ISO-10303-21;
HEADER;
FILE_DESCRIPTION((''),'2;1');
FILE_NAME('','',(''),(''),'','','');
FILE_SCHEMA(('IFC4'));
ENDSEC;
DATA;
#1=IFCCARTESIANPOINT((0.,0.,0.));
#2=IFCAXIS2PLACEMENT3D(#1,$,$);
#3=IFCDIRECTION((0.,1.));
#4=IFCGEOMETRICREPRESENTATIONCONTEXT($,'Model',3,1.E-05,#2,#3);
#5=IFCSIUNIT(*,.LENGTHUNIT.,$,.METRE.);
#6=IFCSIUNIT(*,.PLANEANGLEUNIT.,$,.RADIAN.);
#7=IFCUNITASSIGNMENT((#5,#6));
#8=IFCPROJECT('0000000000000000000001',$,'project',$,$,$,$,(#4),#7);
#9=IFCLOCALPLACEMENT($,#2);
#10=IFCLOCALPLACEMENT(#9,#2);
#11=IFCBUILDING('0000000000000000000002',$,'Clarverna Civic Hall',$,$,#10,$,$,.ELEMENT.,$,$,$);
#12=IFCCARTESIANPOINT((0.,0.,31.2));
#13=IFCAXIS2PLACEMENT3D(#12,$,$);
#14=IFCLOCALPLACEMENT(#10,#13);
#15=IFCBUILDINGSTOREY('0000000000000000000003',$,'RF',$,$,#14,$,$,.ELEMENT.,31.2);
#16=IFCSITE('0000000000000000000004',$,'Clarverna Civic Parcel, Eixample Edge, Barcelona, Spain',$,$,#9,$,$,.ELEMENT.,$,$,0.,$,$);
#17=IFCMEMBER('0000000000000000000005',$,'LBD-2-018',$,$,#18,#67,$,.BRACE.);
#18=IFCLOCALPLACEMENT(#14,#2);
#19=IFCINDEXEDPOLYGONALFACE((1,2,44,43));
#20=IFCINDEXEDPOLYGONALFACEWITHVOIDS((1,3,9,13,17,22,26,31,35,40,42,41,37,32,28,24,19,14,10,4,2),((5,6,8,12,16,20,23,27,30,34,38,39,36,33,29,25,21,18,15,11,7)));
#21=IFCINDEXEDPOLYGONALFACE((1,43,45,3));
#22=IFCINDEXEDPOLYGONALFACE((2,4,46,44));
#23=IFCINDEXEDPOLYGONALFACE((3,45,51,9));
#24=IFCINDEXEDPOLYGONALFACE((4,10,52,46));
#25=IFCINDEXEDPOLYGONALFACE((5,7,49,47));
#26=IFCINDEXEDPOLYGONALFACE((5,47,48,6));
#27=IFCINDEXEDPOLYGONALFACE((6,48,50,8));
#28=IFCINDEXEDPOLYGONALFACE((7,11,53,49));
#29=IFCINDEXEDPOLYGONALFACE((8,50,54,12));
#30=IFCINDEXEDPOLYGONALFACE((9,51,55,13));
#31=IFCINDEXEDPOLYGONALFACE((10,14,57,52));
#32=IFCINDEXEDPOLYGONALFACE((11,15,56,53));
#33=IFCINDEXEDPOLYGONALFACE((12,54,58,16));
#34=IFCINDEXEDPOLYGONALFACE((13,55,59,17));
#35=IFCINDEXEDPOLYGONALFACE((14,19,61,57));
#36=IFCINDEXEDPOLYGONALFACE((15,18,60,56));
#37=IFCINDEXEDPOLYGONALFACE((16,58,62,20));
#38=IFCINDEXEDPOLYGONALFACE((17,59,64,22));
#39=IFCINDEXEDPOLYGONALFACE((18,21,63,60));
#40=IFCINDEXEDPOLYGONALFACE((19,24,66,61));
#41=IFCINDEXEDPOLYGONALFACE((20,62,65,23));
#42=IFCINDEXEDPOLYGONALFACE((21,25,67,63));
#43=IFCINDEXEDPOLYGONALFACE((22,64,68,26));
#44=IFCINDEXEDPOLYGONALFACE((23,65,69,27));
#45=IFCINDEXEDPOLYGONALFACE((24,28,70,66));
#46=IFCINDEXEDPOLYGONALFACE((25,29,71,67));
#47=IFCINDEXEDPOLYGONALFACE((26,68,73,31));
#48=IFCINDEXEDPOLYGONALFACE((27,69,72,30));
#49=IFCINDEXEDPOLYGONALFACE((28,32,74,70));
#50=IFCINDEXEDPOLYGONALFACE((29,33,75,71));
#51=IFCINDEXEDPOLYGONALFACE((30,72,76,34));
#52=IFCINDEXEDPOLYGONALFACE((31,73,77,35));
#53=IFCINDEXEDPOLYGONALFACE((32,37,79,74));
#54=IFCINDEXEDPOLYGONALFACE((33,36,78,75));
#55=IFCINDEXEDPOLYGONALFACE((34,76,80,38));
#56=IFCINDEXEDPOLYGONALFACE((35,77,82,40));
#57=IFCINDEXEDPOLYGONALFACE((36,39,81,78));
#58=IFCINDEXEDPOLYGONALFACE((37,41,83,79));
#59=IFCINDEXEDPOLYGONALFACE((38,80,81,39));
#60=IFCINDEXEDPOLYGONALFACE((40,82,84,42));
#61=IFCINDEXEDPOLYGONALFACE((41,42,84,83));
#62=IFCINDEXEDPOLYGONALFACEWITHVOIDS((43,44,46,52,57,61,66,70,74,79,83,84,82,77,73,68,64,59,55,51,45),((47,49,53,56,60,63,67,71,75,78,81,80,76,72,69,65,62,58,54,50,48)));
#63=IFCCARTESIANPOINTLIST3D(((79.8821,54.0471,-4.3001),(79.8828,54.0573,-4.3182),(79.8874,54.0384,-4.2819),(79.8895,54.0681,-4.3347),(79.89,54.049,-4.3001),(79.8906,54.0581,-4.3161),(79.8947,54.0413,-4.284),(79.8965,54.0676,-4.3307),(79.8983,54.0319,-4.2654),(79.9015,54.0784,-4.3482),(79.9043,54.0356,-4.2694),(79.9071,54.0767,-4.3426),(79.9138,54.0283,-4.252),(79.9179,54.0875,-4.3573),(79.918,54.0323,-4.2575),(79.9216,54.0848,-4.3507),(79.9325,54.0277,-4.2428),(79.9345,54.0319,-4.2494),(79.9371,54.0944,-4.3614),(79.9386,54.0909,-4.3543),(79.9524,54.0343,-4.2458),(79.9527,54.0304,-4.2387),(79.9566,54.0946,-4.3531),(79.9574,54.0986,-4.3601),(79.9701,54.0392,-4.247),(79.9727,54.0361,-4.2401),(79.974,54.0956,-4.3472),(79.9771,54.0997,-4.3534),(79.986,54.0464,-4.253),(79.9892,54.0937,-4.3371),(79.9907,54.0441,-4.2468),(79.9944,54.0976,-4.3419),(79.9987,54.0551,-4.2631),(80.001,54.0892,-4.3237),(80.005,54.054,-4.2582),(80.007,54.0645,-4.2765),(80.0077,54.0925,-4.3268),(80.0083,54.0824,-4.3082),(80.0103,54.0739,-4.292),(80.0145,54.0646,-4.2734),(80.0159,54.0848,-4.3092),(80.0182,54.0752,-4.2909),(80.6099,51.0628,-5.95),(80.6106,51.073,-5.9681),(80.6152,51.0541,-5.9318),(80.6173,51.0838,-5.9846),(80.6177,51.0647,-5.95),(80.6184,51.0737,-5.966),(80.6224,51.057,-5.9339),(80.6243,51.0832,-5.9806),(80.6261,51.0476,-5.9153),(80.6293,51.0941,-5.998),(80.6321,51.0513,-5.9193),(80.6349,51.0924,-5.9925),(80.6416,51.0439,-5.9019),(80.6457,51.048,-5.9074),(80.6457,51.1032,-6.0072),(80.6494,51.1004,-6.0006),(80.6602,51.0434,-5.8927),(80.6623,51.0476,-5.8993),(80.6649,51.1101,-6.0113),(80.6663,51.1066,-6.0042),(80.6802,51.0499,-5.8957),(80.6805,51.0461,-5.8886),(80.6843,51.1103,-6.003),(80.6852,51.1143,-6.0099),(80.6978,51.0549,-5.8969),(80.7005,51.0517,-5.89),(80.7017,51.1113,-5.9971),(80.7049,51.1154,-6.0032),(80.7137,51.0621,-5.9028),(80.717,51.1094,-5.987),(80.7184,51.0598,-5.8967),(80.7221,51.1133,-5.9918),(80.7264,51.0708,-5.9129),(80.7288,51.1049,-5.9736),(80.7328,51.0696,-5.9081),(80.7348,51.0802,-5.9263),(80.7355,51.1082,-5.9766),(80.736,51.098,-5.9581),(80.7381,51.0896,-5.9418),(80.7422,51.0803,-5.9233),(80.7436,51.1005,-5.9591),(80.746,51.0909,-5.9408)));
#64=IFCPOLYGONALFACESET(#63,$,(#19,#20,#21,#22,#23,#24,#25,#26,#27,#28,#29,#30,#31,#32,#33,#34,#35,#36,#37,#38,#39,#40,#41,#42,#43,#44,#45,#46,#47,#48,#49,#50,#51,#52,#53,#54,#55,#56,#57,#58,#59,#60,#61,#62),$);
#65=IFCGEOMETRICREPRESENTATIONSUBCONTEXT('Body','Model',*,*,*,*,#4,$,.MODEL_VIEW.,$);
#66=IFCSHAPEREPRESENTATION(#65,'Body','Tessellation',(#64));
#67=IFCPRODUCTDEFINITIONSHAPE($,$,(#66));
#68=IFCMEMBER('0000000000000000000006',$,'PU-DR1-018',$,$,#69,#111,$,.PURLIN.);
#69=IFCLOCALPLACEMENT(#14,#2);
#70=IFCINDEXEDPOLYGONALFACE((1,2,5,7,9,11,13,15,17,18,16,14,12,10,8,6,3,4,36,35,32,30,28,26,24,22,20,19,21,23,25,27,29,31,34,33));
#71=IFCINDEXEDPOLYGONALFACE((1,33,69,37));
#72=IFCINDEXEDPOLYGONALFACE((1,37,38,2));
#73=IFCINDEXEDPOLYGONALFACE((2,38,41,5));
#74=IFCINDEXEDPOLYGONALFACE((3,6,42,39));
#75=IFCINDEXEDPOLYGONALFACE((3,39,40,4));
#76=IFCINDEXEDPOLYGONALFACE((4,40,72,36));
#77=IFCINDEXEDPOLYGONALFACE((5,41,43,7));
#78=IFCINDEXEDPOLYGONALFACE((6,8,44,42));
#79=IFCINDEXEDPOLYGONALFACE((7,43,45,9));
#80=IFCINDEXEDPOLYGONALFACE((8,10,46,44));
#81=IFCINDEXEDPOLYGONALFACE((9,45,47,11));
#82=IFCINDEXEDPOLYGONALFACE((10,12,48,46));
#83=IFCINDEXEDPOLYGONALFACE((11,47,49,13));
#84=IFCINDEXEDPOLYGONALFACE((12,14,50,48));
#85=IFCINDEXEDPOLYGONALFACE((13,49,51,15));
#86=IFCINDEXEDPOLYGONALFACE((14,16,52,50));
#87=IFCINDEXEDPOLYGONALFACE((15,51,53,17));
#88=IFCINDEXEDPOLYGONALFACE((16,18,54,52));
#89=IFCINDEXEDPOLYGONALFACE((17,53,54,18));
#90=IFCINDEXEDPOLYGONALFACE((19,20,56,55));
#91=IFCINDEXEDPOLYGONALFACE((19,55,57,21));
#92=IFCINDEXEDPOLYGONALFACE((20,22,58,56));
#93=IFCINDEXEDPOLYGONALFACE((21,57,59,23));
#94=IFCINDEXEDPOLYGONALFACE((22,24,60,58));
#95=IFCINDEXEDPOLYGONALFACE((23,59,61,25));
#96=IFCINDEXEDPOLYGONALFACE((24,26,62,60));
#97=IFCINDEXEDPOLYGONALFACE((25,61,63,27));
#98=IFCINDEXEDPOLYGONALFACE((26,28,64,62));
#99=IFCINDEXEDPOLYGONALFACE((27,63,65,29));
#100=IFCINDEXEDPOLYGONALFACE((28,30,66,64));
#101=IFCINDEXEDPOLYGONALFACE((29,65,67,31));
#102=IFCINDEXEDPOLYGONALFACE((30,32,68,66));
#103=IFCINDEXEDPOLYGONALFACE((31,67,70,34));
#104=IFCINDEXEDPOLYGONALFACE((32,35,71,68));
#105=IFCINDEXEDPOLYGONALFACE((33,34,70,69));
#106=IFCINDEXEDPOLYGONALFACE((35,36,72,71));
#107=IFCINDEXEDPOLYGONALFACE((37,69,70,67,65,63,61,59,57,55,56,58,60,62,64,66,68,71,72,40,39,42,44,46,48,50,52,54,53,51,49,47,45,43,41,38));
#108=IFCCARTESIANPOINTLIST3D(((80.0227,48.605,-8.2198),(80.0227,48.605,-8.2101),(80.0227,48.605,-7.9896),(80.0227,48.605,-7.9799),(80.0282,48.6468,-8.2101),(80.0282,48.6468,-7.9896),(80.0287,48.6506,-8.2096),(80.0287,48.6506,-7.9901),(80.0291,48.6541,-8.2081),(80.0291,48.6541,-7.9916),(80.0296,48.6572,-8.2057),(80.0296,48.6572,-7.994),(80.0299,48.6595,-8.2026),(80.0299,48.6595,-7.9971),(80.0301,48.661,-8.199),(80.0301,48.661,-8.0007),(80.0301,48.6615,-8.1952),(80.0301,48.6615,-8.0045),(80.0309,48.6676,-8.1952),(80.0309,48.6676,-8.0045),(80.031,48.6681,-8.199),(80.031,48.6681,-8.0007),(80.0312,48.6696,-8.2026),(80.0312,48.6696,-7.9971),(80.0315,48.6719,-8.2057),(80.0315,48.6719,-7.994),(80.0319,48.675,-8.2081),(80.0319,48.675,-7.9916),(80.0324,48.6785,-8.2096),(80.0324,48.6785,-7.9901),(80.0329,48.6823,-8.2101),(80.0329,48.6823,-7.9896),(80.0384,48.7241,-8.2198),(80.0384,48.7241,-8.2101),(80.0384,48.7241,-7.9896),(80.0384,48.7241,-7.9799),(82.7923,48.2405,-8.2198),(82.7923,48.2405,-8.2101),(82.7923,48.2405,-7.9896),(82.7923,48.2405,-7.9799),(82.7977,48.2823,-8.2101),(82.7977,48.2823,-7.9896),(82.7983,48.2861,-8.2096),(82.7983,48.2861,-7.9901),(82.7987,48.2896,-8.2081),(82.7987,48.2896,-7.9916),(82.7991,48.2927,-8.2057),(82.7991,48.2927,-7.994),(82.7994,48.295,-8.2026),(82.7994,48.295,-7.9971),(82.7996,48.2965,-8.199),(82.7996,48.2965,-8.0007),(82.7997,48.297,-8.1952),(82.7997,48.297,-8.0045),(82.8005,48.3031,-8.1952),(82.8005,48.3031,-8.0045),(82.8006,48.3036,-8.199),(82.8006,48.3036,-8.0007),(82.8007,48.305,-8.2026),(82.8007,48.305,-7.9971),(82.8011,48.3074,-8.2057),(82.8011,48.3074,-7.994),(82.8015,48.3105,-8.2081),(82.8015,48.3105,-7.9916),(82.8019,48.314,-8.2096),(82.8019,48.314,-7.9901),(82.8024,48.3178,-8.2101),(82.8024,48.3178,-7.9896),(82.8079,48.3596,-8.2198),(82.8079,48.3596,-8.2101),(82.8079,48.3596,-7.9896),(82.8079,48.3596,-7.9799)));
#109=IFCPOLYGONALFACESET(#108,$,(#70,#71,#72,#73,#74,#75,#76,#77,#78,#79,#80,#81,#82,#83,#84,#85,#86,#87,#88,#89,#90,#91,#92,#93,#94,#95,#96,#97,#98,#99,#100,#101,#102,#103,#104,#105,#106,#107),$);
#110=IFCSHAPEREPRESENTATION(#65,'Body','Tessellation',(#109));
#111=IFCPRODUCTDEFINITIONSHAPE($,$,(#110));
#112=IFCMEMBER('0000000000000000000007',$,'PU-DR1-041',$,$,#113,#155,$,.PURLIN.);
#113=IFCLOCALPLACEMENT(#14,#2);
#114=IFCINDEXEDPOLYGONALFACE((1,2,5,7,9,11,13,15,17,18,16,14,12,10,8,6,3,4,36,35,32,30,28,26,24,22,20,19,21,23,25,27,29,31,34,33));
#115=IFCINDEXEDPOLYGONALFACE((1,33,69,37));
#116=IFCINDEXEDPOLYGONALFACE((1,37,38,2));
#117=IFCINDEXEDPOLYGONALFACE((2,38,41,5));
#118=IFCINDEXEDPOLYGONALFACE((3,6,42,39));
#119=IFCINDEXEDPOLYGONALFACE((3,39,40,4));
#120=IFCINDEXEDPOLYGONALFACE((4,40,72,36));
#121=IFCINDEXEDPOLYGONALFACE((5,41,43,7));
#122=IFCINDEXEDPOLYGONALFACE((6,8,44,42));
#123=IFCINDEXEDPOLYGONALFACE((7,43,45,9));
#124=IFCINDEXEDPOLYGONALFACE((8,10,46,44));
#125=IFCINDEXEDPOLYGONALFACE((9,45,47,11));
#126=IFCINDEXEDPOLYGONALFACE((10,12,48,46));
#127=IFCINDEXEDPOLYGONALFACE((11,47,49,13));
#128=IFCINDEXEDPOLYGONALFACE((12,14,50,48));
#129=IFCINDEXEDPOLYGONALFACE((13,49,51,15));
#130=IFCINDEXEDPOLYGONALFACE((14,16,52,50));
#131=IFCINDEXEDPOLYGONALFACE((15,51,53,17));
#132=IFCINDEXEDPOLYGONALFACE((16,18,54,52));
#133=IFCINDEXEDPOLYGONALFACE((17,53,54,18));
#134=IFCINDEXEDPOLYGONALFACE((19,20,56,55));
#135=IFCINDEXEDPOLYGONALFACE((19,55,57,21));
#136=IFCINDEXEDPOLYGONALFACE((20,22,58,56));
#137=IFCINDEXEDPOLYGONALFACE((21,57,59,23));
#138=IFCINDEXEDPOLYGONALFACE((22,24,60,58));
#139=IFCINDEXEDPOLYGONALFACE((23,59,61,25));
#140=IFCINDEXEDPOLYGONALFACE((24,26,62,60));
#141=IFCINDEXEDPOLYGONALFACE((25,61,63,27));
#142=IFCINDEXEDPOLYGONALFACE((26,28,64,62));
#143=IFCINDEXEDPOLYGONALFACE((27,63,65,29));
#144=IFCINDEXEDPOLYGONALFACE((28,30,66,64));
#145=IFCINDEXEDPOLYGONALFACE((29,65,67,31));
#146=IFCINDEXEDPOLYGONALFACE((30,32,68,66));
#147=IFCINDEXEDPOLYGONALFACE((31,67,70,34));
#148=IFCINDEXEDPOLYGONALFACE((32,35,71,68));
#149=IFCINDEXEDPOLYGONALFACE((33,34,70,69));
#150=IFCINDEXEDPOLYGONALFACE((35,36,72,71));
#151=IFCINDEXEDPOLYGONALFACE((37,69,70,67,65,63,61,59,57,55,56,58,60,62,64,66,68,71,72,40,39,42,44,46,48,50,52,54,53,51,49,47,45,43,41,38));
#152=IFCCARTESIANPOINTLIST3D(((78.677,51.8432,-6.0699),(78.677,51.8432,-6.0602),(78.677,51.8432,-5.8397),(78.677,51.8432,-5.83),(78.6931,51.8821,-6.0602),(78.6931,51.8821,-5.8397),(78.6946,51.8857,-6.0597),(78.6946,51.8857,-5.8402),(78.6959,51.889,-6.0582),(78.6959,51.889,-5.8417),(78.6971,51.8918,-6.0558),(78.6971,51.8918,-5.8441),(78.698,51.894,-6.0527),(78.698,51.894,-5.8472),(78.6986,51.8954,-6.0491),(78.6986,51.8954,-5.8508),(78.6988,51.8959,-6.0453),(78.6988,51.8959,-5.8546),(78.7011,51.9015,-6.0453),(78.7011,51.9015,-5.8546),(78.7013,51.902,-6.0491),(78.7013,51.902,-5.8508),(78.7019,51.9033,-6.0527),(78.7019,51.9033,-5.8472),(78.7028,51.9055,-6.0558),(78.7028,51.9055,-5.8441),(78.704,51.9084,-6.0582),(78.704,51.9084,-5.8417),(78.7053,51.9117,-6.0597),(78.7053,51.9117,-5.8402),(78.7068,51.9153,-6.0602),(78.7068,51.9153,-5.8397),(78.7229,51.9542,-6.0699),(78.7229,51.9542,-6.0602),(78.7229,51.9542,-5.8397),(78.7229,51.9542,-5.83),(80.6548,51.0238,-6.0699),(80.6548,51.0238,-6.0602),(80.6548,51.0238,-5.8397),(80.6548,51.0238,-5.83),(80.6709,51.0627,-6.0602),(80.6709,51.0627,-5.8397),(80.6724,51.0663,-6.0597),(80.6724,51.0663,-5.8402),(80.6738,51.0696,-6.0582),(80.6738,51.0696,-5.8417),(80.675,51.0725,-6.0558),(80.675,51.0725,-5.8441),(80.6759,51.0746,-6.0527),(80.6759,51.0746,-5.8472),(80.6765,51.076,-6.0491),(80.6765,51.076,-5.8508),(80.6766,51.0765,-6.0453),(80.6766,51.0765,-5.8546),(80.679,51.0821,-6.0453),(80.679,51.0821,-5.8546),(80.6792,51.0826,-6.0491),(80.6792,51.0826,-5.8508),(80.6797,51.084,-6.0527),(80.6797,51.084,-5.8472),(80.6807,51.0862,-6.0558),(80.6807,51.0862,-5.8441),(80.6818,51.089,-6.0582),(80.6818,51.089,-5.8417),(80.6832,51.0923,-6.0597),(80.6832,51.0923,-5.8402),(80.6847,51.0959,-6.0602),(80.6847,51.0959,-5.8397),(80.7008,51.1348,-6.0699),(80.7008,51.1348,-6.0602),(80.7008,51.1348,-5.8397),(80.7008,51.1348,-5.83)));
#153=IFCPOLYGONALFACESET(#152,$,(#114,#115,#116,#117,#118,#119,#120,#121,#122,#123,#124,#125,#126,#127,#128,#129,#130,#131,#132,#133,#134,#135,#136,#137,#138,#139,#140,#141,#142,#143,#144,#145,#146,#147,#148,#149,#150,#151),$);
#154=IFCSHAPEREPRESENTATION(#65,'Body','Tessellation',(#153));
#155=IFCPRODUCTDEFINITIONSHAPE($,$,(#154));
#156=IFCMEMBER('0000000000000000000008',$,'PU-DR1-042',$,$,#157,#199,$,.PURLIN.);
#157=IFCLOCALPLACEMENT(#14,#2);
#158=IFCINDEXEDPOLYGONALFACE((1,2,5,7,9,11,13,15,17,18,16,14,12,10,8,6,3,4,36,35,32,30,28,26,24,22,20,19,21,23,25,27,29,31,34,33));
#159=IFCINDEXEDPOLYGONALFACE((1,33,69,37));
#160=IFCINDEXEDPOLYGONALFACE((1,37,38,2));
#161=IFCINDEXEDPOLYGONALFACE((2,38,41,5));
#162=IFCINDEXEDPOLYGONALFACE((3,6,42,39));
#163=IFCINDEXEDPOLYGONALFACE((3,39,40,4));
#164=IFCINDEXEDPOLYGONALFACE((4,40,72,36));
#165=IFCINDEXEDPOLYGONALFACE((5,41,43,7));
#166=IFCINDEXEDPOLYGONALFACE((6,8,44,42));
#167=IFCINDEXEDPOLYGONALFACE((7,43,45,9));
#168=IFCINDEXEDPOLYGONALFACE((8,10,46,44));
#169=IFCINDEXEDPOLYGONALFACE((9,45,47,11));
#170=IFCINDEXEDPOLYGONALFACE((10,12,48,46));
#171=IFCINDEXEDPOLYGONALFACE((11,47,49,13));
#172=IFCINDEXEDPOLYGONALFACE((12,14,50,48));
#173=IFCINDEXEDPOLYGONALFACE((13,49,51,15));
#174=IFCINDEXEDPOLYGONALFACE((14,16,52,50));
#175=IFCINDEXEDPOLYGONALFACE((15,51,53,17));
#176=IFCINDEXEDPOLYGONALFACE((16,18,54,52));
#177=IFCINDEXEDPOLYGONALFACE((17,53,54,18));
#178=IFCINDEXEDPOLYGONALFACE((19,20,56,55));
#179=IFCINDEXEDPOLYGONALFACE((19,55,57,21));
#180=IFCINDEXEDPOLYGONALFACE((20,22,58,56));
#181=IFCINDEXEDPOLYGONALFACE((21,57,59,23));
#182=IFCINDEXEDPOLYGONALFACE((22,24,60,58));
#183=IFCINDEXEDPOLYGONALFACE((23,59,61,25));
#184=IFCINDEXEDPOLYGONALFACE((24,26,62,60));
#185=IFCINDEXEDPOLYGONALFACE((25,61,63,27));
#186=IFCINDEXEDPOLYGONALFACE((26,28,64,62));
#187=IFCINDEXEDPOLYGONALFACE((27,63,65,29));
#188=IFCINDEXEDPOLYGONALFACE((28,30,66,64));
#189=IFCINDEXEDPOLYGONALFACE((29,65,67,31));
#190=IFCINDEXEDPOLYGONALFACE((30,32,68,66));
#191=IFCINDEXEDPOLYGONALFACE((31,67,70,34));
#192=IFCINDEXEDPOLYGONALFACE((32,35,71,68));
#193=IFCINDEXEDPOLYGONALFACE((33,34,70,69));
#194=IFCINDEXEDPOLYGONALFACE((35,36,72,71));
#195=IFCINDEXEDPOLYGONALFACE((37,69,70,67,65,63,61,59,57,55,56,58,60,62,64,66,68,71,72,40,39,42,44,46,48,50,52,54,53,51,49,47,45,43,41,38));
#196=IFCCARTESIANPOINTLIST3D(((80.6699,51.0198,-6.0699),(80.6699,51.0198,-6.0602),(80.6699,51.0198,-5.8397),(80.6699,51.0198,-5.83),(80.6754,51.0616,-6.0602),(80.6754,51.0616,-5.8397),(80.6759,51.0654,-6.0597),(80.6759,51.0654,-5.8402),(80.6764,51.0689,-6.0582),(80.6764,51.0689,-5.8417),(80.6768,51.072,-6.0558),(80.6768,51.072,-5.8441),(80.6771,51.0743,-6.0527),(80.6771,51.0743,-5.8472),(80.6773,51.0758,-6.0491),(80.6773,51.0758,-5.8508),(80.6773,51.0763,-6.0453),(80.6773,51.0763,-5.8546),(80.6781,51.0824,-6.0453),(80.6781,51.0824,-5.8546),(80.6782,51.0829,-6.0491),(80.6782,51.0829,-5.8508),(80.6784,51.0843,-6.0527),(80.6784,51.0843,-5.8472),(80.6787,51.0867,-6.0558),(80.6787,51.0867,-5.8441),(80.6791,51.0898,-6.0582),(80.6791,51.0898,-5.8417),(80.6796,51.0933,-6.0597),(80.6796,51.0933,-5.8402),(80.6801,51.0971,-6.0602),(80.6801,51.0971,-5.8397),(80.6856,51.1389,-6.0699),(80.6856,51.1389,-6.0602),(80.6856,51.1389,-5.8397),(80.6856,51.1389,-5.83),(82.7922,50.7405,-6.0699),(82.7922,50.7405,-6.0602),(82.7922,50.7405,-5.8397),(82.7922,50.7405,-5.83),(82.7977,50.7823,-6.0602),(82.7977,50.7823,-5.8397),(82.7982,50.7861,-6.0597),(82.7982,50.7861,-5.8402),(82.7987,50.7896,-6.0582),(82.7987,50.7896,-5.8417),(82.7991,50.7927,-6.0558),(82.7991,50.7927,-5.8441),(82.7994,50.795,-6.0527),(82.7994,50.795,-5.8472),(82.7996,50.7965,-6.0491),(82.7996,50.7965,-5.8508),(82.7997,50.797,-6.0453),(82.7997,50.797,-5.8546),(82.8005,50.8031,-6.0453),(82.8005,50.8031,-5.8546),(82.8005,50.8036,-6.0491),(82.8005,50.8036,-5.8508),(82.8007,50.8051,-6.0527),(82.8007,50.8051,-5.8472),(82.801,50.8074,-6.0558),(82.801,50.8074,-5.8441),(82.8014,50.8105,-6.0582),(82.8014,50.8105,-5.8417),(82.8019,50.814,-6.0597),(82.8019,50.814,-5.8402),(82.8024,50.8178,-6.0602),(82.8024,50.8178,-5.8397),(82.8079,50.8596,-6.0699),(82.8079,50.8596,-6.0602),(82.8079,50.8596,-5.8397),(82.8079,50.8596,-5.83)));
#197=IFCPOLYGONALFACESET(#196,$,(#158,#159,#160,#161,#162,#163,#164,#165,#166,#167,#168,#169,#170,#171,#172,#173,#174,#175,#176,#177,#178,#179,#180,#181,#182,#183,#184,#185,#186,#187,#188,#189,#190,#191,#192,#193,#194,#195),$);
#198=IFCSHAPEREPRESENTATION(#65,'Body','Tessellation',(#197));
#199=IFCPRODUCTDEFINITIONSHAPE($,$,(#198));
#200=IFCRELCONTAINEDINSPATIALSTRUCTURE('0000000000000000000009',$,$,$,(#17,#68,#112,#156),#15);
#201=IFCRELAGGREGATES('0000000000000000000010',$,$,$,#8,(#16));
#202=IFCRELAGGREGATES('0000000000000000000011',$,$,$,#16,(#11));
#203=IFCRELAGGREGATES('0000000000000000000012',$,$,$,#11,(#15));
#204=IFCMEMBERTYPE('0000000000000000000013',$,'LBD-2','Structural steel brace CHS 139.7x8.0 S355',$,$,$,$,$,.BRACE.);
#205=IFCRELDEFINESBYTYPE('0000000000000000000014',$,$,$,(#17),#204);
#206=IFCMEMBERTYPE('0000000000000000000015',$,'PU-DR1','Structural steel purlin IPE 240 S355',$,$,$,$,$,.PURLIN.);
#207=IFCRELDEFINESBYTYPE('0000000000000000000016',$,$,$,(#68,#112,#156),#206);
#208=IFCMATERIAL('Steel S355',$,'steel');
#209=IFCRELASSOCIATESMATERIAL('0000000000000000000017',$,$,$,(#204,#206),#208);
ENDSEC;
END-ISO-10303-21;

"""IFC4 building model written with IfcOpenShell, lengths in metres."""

from ifc_helpers import new_model, si_unit, direction, frame, origin, origin_2d, place, context, subcontext, project, spatial, hollow_circle, i_section, extrude, material, material_profile, profile_set, type_object, element, save


model = new_model("IFC4")

# Units and contexts
model_context = context("Model", 3, precision=1e-05, world=origin(), true_north=direction((0.0, 1.0)))
body_context = subcontext(model_context, "Body", "Model", "MODEL_VIEW")
ifc_project = project(units=[si_unit("LENGTHUNIT", "METRE"), si_unit("PLANEANGLEUNIT", "RADIAN")], contexts=[model_context])

# Site, building, storey
site_placement = place(None, origin())
site = spatial("IfcSite", under=ifc_project, at=site_placement, Name="Clarverna Civic Parcel, Eixample Edge, Barcelona, Spain", CompositionType="ELEMENT", RefElevation=0.0)
building_placement = place(site_placement, origin())
building = spatial("IfcBuilding", under=site, at=building_placement, Name="Clarverna Civic Hall", CompositionType="ELEMENT")
storey_placement = place(building_placement, frame((0.0, 0.0, 31.2)))
storey = spatial("IfcBuildingStorey", under=building, at=storey_placement, Name="RF", CompositionType="ELEMENT", Elevation=31.2)

# Members
ifc_material_1 = material(Name="Steel S355", Category="steel")
ifc_material_profile_1 = material_profile(ifc_material_1, hollow_circle(Radius=0.0698, WallThickness=0.0081, at=origin_2d()), Name="CHS 139.7x8.0")
ifc_profile_set_1 = profile_set([ifc_material_profile_1], Name="Steel S355")
member_type_1 = type_object("IfcMemberType", Name="LBD-2", Description="Structural steel brace CHS 139.7x8.0 S355", PredefinedType="BRACE", material=ifc_profile_set_1)
member_1_placement = place(storey_placement, frame((80.6777, 51.0793, -5.95), z_axis=(-0.20872, 0.855887, 0.473174), x_axis=(-0.971529, -0.236921, 0.0)))
element("IfcMember", 1, at=member_1_placement, inside=storey, type_object=member_type_1, Name="LBD-2-018", PredefinedType="BRACE", context=body_context, shape_type="SweptSolid", body=[
    extrude(hollow_circle(Radius=0.0698, WallThickness=0.0081, at=origin_2d()), origin(), (0.0, 0.0, 1.0), 3.4868),
])
ifc_material_profile_2 = material_profile(ifc_material_1, i_section(OverallWidth=0.1201, OverallDepth=0.24, WebThickness=0.0061, FlangeThickness=0.0098, FilletRadius=0.0149, at=origin_2d()), Name="IPE 240")
ifc_profile_set_2 = profile_set([ifc_material_profile_2], Name="Steel S355")
member_type_2 = type_object("IfcMemberType", Name="PU-DR1", Description="Structural steel purlin IPE 240 S355", PredefinedType="PURLIN", material=ifc_profile_set_2)
member_2_placement = place(storey_placement, frame((80.0305, 48.6646, -8.0999), z_axis=(0.99145, -0.130486, 0.0), x_axis=(0.130486, 0.99145, 0.0)))
element("IfcMember", 2, at=member_2_placement, inside=storey, type_object=member_type_2, Name="PU-DR1-018", PredefinedType="PURLIN", context=body_context, shape_type="SweptSolid", body=[
    extrude(i_section(OverallWidth=0.1201, OverallDepth=0.24, WebThickness=0.0061, FlangeThickness=0.0098, FilletRadius=0.0149, at=origin_2d()), origin(), (0.0, 0.0, 1.0), 2.7935),
])
member_3_placement = place(storey_placement, frame((78.7, 51.8987, -5.95), z_axis=(0.923861, -0.382728, 0.0), x_axis=(0.382728, 0.923861, 0.0)))
element("IfcMember", 3, at=member_3_placement, inside=storey, type_object=member_type_2, Name="PU-DR1-041", PredefinedType="PURLIN", context=body_context, shape_type="SweptSolid", body=[
    extrude(i_section(OverallWidth=0.1201, OverallDepth=0.24, WebThickness=0.0061, FlangeThickness=0.0098, FilletRadius=0.0149, at=origin_2d()), origin(), (0.0, 0.0, 1.0), 2.1409),
])
member_4_placement = place(storey_placement, frame((80.6777, 51.0793, -5.95), z_axis=(0.991452, -0.130475, 0.0), x_axis=(0.130475, 0.991452, 0.0)))
element("IfcMember", 4, at=member_4_placement, inside=storey, type_object=member_type_2, Name="PU-DR1-042", PredefinedType="PURLIN", context=body_context, shape_type="SweptSolid", body=[
    extrude(i_section(OverallWidth=0.1201, OverallDepth=0.24, WebThickness=0.0061, FlangeThickness=0.0098, FilletRadius=0.0149, at=origin_2d()), origin(), (0.0, 0.0, 1.0), 2.1406),
])

save(model, "model.ifc")
